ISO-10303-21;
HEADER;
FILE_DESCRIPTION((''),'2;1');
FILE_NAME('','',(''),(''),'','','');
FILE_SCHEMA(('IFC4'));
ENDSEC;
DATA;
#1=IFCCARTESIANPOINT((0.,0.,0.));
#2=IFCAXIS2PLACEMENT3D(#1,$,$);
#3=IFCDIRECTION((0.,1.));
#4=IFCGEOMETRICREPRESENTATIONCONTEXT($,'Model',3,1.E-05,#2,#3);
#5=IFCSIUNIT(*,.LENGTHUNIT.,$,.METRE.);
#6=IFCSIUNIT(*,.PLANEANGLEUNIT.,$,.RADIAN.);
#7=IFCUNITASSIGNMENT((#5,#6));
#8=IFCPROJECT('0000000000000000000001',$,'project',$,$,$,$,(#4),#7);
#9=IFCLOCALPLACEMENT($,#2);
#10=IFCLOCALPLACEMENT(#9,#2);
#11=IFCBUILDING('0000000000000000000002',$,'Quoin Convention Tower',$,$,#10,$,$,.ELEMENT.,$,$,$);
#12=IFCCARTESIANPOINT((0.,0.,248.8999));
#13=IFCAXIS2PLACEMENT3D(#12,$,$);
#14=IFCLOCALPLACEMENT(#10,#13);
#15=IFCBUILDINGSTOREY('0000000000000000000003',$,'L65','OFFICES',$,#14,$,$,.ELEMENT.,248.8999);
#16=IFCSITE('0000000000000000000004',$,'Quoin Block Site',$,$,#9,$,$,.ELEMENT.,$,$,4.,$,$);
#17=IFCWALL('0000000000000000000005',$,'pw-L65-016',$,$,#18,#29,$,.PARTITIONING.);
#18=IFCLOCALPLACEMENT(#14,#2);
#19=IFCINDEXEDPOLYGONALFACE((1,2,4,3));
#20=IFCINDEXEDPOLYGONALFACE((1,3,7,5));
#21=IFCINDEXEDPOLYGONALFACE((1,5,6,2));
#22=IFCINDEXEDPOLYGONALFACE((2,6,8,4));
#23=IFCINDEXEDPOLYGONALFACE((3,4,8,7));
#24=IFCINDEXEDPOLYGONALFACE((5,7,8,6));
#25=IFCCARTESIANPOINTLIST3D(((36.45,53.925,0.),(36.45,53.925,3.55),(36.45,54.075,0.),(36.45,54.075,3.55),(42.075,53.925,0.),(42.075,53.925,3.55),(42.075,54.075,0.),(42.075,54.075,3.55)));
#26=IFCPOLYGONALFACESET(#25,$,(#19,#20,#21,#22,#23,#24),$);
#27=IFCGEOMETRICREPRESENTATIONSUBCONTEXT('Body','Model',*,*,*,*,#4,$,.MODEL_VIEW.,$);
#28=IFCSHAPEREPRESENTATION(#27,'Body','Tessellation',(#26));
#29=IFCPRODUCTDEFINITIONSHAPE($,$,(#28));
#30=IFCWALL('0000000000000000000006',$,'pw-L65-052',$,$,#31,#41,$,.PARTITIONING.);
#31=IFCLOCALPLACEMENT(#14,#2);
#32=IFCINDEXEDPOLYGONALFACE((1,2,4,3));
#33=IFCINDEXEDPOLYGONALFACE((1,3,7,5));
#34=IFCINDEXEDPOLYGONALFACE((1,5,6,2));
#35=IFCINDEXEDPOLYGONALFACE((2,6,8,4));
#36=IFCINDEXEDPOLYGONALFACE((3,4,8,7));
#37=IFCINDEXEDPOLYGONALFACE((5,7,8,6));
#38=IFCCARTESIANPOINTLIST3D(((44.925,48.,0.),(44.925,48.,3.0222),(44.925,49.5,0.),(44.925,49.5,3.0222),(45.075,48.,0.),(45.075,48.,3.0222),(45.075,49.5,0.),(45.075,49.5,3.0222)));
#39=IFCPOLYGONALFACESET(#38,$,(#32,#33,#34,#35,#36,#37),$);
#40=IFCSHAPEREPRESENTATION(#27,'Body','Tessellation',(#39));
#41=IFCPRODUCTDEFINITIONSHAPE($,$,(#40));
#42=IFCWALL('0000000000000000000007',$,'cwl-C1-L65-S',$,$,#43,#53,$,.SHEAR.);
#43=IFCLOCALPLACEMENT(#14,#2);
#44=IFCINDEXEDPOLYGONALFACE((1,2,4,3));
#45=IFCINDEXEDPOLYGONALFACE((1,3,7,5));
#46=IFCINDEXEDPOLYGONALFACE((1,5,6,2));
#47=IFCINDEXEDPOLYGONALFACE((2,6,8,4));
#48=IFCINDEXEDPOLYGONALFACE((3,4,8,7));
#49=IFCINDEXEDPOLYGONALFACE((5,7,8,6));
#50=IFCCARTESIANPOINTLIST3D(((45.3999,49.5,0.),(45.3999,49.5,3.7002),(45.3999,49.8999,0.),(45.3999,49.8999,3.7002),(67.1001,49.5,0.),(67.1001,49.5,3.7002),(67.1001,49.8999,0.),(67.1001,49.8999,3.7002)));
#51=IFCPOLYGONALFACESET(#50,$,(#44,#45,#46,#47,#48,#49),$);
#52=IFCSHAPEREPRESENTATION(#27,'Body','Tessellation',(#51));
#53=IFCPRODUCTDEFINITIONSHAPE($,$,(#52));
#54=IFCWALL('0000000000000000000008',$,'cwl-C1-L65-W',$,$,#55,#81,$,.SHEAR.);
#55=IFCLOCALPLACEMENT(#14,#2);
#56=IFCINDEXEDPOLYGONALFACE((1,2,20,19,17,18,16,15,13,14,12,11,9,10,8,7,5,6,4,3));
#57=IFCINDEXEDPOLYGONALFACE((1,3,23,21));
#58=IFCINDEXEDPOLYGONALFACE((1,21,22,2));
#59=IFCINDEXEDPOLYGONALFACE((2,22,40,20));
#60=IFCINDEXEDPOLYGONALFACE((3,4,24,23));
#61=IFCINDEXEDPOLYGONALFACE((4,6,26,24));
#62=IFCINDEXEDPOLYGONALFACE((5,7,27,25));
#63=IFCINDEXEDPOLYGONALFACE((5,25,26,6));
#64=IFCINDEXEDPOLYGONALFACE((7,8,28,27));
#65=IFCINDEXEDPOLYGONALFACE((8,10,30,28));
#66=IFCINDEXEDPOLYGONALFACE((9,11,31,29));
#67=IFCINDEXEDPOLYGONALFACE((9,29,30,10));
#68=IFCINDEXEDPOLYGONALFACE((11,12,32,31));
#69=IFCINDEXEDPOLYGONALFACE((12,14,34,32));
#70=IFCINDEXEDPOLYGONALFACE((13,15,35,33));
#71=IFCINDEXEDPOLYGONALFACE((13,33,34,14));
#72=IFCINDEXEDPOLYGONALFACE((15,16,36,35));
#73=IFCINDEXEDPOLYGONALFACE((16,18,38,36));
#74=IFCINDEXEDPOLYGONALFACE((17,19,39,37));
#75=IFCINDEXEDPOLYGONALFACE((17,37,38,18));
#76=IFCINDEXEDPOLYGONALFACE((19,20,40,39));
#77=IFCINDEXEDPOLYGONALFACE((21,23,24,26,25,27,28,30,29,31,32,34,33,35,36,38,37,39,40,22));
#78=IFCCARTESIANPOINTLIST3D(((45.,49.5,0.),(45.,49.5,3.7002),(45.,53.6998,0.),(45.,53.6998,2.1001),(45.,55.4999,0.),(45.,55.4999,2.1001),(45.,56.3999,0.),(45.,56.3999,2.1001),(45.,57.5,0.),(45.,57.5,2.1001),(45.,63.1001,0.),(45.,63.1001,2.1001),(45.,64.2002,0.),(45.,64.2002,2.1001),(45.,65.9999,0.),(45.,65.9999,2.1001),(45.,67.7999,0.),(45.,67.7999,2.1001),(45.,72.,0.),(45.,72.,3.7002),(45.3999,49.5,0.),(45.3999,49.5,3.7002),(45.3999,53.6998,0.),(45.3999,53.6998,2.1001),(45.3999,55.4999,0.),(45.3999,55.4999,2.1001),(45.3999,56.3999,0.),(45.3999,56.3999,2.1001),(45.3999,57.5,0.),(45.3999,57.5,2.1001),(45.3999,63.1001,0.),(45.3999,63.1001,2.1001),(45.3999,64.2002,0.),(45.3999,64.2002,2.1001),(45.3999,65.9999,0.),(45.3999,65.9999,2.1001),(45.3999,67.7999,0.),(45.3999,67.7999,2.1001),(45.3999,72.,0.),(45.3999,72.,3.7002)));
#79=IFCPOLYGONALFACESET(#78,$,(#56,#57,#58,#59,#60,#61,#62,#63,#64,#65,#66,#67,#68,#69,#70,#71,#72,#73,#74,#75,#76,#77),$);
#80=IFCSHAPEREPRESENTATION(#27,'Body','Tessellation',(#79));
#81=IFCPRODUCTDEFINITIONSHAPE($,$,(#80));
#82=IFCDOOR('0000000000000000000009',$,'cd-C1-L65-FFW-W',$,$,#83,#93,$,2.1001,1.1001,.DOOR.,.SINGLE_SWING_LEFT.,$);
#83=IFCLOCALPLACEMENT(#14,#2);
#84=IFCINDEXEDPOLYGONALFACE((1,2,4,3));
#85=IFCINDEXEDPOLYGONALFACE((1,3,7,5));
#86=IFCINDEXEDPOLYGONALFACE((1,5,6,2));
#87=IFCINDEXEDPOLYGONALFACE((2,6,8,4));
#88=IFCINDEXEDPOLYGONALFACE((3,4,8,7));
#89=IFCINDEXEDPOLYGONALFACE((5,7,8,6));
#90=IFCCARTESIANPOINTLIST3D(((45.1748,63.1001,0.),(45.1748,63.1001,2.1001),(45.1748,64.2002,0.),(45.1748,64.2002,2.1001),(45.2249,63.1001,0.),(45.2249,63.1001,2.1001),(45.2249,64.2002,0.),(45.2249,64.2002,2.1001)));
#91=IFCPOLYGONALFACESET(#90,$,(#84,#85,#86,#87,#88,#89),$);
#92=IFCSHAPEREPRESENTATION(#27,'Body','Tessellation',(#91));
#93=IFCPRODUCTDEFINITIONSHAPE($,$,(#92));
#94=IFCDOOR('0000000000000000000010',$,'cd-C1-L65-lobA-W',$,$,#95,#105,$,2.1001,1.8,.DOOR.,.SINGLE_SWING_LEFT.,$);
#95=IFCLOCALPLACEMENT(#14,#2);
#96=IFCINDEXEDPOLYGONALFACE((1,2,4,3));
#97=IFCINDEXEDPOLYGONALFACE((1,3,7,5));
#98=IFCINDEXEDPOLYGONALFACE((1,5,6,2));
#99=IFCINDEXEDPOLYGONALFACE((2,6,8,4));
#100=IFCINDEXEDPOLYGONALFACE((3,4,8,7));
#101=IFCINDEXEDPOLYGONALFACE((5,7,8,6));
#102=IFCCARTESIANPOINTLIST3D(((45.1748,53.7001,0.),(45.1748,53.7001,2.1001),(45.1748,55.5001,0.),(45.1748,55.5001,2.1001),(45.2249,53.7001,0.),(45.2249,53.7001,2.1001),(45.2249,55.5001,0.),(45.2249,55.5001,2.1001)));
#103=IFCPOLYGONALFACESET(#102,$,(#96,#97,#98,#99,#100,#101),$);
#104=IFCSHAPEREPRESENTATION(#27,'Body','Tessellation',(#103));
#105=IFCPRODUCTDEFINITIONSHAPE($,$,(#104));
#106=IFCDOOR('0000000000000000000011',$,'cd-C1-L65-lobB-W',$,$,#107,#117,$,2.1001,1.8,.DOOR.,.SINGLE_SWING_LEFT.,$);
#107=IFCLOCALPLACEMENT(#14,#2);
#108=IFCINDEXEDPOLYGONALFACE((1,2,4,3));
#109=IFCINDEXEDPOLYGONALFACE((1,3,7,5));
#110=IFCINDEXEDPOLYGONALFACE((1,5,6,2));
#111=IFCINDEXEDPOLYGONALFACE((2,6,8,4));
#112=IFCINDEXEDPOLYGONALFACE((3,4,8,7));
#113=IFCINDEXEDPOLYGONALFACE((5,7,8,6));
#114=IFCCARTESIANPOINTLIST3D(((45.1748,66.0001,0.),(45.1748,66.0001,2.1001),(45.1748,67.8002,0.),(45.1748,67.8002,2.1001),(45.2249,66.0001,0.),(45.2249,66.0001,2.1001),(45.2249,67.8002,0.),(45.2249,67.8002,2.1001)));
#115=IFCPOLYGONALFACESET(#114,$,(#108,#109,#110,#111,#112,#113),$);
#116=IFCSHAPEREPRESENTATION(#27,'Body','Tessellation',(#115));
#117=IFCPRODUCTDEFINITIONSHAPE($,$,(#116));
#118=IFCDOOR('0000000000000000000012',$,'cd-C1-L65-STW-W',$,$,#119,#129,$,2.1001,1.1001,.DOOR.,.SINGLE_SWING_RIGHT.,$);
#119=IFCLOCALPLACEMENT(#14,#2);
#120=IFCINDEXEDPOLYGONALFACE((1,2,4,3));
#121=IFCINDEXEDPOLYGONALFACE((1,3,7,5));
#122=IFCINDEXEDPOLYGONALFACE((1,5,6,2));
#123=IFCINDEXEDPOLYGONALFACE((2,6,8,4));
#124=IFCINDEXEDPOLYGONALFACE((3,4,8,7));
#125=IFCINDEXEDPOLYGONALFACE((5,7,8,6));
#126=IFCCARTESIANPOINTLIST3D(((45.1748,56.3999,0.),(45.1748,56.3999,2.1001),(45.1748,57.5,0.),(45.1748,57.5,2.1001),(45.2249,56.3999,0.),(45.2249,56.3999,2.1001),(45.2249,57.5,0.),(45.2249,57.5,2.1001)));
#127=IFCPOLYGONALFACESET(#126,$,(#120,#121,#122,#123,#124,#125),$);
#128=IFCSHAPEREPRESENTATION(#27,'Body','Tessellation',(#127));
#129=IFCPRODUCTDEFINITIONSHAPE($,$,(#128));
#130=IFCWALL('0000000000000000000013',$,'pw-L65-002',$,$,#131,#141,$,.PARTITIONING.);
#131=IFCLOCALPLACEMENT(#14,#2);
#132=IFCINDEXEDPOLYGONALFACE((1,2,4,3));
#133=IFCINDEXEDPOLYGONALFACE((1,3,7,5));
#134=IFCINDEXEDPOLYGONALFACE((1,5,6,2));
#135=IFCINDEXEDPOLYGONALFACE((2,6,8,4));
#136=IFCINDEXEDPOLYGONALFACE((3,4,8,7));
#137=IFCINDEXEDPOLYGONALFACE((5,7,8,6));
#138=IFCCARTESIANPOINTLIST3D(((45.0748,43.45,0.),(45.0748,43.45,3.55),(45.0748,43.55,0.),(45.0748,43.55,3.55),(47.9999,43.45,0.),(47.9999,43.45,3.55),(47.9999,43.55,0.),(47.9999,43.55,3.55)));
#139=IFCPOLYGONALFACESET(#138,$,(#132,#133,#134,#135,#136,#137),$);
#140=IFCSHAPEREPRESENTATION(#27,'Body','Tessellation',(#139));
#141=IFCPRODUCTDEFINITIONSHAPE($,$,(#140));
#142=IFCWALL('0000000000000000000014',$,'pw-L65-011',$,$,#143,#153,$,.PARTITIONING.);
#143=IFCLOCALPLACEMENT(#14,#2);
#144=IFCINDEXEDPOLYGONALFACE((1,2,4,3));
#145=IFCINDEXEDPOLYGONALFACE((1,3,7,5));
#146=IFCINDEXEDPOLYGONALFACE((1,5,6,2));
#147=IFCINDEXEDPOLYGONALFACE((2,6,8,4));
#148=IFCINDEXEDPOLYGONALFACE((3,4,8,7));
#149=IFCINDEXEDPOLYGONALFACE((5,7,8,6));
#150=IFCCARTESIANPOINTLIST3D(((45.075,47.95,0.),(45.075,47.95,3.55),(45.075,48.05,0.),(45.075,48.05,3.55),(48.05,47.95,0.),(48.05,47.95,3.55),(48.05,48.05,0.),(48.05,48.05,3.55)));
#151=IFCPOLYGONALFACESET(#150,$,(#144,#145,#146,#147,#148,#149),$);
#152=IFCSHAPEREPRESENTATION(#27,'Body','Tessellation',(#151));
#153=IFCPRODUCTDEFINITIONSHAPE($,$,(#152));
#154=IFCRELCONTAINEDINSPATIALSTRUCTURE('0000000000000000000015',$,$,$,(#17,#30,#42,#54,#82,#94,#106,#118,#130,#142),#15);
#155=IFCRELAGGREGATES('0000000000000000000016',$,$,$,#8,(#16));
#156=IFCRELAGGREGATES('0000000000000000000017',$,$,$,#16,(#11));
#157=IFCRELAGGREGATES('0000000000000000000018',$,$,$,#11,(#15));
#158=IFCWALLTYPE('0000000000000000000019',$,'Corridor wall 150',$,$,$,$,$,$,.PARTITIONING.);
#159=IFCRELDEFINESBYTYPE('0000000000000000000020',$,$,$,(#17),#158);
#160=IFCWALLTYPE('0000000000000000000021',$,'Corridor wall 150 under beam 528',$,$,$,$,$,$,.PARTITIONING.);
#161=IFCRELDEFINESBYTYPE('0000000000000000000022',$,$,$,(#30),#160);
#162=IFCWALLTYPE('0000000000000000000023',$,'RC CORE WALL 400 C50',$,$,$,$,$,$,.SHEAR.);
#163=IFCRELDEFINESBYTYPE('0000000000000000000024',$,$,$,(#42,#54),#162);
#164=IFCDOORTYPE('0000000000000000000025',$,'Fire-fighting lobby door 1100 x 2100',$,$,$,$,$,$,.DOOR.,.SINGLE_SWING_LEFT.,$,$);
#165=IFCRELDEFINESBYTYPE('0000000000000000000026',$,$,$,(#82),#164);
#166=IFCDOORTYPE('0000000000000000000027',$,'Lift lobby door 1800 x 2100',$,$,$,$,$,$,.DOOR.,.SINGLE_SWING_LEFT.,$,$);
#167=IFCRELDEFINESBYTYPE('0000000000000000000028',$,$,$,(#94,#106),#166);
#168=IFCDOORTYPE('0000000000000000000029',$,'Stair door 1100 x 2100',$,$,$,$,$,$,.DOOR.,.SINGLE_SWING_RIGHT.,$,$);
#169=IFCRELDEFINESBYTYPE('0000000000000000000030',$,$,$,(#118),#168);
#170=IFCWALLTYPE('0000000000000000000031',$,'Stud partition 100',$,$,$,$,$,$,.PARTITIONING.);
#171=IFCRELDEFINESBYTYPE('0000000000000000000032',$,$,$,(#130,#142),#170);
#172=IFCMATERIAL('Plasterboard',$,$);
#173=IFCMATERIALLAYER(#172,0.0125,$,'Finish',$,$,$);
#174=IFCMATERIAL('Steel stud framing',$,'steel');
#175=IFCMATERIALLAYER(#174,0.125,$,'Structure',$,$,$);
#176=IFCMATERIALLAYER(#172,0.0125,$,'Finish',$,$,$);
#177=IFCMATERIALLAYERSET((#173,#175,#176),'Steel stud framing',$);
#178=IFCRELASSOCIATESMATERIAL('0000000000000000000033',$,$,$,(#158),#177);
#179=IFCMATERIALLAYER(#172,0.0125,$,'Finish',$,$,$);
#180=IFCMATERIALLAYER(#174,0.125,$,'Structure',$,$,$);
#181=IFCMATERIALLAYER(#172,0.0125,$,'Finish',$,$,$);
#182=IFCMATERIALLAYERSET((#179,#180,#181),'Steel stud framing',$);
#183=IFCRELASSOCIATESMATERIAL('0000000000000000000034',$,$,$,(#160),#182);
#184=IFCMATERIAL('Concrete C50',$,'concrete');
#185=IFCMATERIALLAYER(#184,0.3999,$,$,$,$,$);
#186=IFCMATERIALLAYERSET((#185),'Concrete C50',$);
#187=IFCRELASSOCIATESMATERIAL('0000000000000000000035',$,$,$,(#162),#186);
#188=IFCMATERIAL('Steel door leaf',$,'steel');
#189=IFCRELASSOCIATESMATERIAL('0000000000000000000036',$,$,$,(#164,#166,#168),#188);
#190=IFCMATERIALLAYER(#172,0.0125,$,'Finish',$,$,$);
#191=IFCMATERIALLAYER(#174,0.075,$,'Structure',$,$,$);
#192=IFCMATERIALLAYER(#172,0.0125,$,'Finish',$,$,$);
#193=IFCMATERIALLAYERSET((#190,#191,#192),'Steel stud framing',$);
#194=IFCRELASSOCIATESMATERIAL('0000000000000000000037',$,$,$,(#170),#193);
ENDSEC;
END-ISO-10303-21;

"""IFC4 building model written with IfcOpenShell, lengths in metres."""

from ifc_helpers import new_model, si_unit, direction, frame, frame_2d, origin, place, context, subcontext, project, spatial, rectangle, extrude, material, layer, layer_set, type_object, element, fill, save


model = new_model("IFC4")

# Units and contexts
model_context = context("Model", 3, precision=1e-05, world=origin(), true_north=direction((0.0, 1.0)))
body_context = subcontext(model_context, "Body", "Model", "MODEL_VIEW")
ifc_project = project(units=[si_unit("LENGTHUNIT", "METRE"), si_unit("PLANEANGLEUNIT", "RADIAN")], contexts=[model_context])

# Site, building, storey
site_placement = place(None, origin())
site = spatial("IfcSite", under=ifc_project, at=site_placement, Name="Quoin Block Site", CompositionType="ELEMENT", RefElevation=4.0)
building_placement = place(site_placement, origin())
building = spatial("IfcBuilding", under=site, at=building_placement, Name="Quoin Convention Tower", CompositionType="ELEMENT")
storey_placement = place(building_placement, frame((0.0, 0.0, 248.8999)))
storey = spatial("IfcBuildingStorey", under=building, at=storey_placement, Name="L65", Description="OFFICES", CompositionType="ELEMENT", Elevation=248.8999)

# Shared definitions
ifc_material_1 = material(Name="Plasterboard")
ifc_material_2 = material(Name="Steel stud framing", Category="steel")
ifc_material_3 = material(Name="Steel door leaf", Category="steel")

# Walls
ifc_material_4 = material(Name="Concrete C50", Category="concrete")
ifc_layer_1 = layer(ifc_material_1, 0.0125, Name="Finish")
ifc_layer_2 = layer(ifc_material_2, 0.125, Name="Structure")
ifc_layer_3 = layer(ifc_material_1, 0.0125, Name="Finish")
ifc_layer_set_1 = layer_set([ifc_layer_1, ifc_layer_2, ifc_layer_3], Name="Steel stud framing")
wall_type_1 = type_object("IfcWallType", Name="Corridor wall 150", PredefinedType="PARTITIONING", material=ifc_layer_set_1)
wall_1_placement = place(storey_placement, frame((36.45, 54.0, 0.0), z_axis=(0.0, 0.0, 1.0), x_axis=(1.0, 0.0, 0.0)))
element("IfcWall", 1, at=wall_1_placement, inside=storey, type_object=wall_type_1, Name="pw-L65-016", PredefinedType="PARTITIONING", context=body_context, shape_type="SweptSolid", body=[
    extrude(rectangle(XDim=5.625, YDim=0.1499, at=frame_2d((2.8125, 0.0))), origin(), (0.0, 0.0, 1.0), 3.55),
])
ifc_layer_4 = layer(ifc_material_1, 0.0125, Name="Finish")
ifc_layer_5 = layer(ifc_material_2, 0.125, Name="Structure")
ifc_layer_6 = layer(ifc_material_1, 0.0125, Name="Finish")
ifc_layer_set_2 = layer_set([ifc_layer_4, ifc_layer_5, ifc_layer_6], Name="Steel stud framing")
wall_type_2 = type_object("IfcWallType", Name="Corridor wall 150 under beam 528", PredefinedType="PARTITIONING", material=ifc_layer_set_2)
wall_2_placement = place(storey_placement, frame((45.0, 48.0, 0.0), z_axis=(0.0, 0.0, 1.0), x_axis=(0.0, 1.0, 0.0)))
element("IfcWall", 2, at=wall_2_placement, inside=storey, type_object=wall_type_2, Name="pw-L65-052", PredefinedType="PARTITIONING", context=body_context, shape_type="SweptSolid", body=[
    extrude(rectangle(XDim=1.5, YDim=0.1499, at=frame_2d((0.75, 0.0))), origin(), (0.0, 0.0, 1.0), 3.0222),
])
ifc_layer_7 = layer(ifc_material_4, 0.3999)
ifc_layer_set_3 = layer_set([ifc_layer_7], Name="Concrete C50")
wall_type_3 = type_object("IfcWallType", Name="RC CORE WALL 400 C50", PredefinedType="SHEAR", material=ifc_layer_set_3)
wall_3_placement = place(storey_placement, frame((45.3999, 49.7, 0.0), z_axis=(0.0, 0.0, 1.0), x_axis=(1.0, 0.0, 0.0)))
element("IfcWall", 3, at=wall_3_placement, inside=storey, type_object=wall_type_3, Name="cwl-C1-L65-S", PredefinedType="SHEAR", context=body_context, shape_type="SweptSolid", body=[
    extrude(rectangle(XDim=21.7002, YDim=0.3999, at=frame_2d((10.8501, 0.0))), origin(), (0.0, 0.0, 1.0), 3.7002),
])

# Wall, openings, doors
wall_4_placement = place(storey_placement, frame((45.2, 49.5, 0.0), z_axis=(0.0, 0.0, 1.0), x_axis=(0.0, 1.0, 0.0)))
wall_4 = element("IfcWall", 4, at=wall_4_placement, inside=storey, type_object=wall_type_3, Name="cwl-C1-L65-W", PredefinedType="SHEAR", context=body_context, shape_type="SweptSolid", body=[
    extrude(rectangle(XDim=22.5, YDim=0.3999, at=frame_2d((11.25, 0.0))), origin(), (0.0, 0.0, 1.0), 3.7002),
])
opening_1_placement = place(wall_4_placement, frame((4.2, 0.0, 0.0)))
opening_1 = element("IfcOpeningElement", 5, at=opening_1_placement, cuts=wall_4, PredefinedType="OPENING", context=body_context, shape_type="SweptSolid", body=[
    extrude(rectangle(XDim=1.8, YDim=2.1001, at=frame_2d((0.8999, 1.05))), frame((0.0, 0.21, 0.0), z_axis=(0.0, -1.0, 0.0), x_axis=(1.0, 0.0, 0.0)), (0.0, 0.0, 1.0), 0.4199),
])
opening_2_placement = place(wall_4_placement, frame((6.8999, 0.0, 0.0)))
opening_2 = element("IfcOpeningElement", 6, at=opening_2_placement, cuts=wall_4, PredefinedType="OPENING", context=body_context, shape_type="SweptSolid", body=[
    extrude(rectangle(XDim=1.1001, YDim=2.1001, at=frame_2d((0.55, 1.05))), frame((0.0, 0.21, 0.0), z_axis=(0.0, -1.0, 0.0), x_axis=(1.0, 0.0, 0.0)), (0.0, 0.0, 1.0), 0.4199),
])
opening_3_placement = place(wall_4_placement, frame((13.6001, 0.0, 0.0)))
opening_3 = element("IfcOpeningElement", 7, at=opening_3_placement, cuts=wall_4, PredefinedType="OPENING", context=body_context, shape_type="SweptSolid", body=[
    extrude(rectangle(XDim=1.1001, YDim=2.1001, at=frame_2d((0.55, 1.05))), frame((0.0, 0.21, 0.0), z_axis=(0.0, -1.0, 0.0), x_axis=(1.0, 0.0, 0.0)), (0.0, 0.0, 1.0), 0.4199),
])
opening_4_placement = place(wall_4_placement, frame((16.5, 0.0, 0.0)))
opening_4 = element("IfcOpeningElement", 8, at=opening_4_placement, cuts=wall_4, PredefinedType="OPENING", context=body_context, shape_type="SweptSolid", body=[
    extrude(rectangle(XDim=1.8, YDim=2.1001, at=frame_2d((0.8999, 1.05))), frame((0.0, 0.21, 0.0), z_axis=(0.0, -1.0, 0.0), x_axis=(1.0, 0.0, 0.0)), (0.0, 0.0, 1.0), 0.4199),
])
door_type_1 = type_object("IfcDoorType", Name="Fire-fighting lobby door 1100 x 2100", OperationType="SINGLE_SWING_LEFT", PredefinedType="DOOR", material=ifc_material_3)
door_1_placement = place(opening_3_placement, frame((1.1001, 0.0, 0.0), z_axis=(0.0, 0.0, 1.0), x_axis=(-1.0, 0.0, 0.0)))
door_1 = element("IfcDoor", 9, at=door_1_placement, inside=storey, type_object=door_type_1, Name="cd-C1-L65-FFW-W", OperationType="SINGLE_SWING_LEFT", OverallHeight=2.1001, OverallWidth=1.1001, PredefinedType="DOOR", context=body_context, shape_type="SweptSolid", body=[
    extrude(rectangle(XDim=1.1001, YDim=2.1001, at=frame_2d((0.55, 1.05))), frame((0.0, 0.0249, 0.0), z_axis=(0.0, -1.0, 0.0), x_axis=(1.0, 0.0, 0.0)), (0.0, 0.0, 1.0), 0.05),
])
fill(opening_3, door_1)
door_type_2 = type_object("IfcDoorType", Name="Lift lobby door 1800 x 2100", OperationType="SINGLE_SWING_LEFT", PredefinedType="DOOR", material=ifc_material_3)
door_2_placement = place(opening_1_placement, frame((1.8, 0.0, 0.0), z_axis=(0.0, 0.0, 1.0), x_axis=(-1.0, 0.0, 0.0)))
door_2 = element("IfcDoor", 10, at=door_2_placement, inside=storey, type_object=door_type_2, Name="cd-C1-L65-lobA-W", OperationType="SINGLE_SWING_LEFT", OverallHeight=2.1001, OverallWidth=1.8, PredefinedType="DOOR", context=body_context, shape_type="SweptSolid", body=[
    extrude(rectangle(XDim=1.8, YDim=2.1001, at=frame_2d((0.8999, 1.05))), frame((0.0, 0.0249, 0.0), z_axis=(0.0, -1.0, 0.0), x_axis=(1.0, 0.0, 0.0)), (0.0, 0.0, 1.0), 0.05),
])
fill(opening_1, door_2)
door_3_placement = place(opening_4_placement, frame((1.8, 0.0, 0.0), z_axis=(0.0, 0.0, 1.0), x_axis=(-1.0, 0.0, 0.0)))
door_3 = element("IfcDoor", 11, at=door_3_placement, inside=storey, type_object=door_type_2, Name="cd-C1-L65-lobB-W", OperationType="SINGLE_SWING_LEFT", OverallHeight=2.1001, OverallWidth=1.8, PredefinedType="DOOR", context=body_context, shape_type="SweptSolid", body=[
    extrude(rectangle(XDim=1.8, YDim=2.1001, at=frame_2d((0.8999, 1.05))), frame((0.0, 0.0249, 0.0), z_axis=(0.0, -1.0, 0.0), x_axis=(1.0, 0.0, 0.0)), (0.0, 0.0, 1.0), 0.05),
])
fill(opening_4, door_3)
door_type_3 = type_object("IfcDoorType", Name="Stair door 1100 x 2100", OperationType="SINGLE_SWING_RIGHT", PredefinedType="DOOR", material=ifc_material_3)
door_4_placement = place(opening_2_placement, frame((1.1001, 0.0, 0.0), z_axis=(0.0, 0.0, 1.0), x_axis=(-1.0, 0.0, 0.0)))
door_4 = element("IfcDoor", 12, at=door_4_placement, inside=storey, type_object=door_type_3, Name="cd-C1-L65-STW-W", OperationType="SINGLE_SWING_RIGHT", OverallHeight=2.1001, OverallWidth=1.1001, PredefinedType="DOOR", context=body_context, shape_type="SweptSolid", body=[
    extrude(rectangle(XDim=1.1001, YDim=2.1001, at=frame_2d((0.55, 1.05))), frame((0.0, 0.0249, 0.0), z_axis=(0.0, -1.0, 0.0), x_axis=(1.0, 0.0, 0.0)), (0.0, 0.0, 1.0), 0.05),
])
fill(opening_2, door_4)

# Walls
ifc_layer_8 = layer(ifc_material_1, 0.0125, Name="Finish")
ifc_layer_9 = layer(ifc_material_2, 0.075, Name="Structure")
ifc_layer_10 = layer(ifc_material_1, 0.0125, Name="Finish")
ifc_layer_set_4 = layer_set([ifc_layer_8, ifc_layer_9, ifc_layer_10], Name="Steel stud framing")
wall_type_4 = type_object("IfcWallType", Name="Stud partition 100", PredefinedType="PARTITIONING", material=ifc_layer_set_4)
wall_5_placement = place(storey_placement, frame((45.075, 43.5, 0.0), z_axis=(0.0, 0.0, 1.0), x_axis=(1.0, 0.0, 0.0)))
element("IfcWall", 13, at=wall_5_placement, inside=storey, type_object=wall_type_4, Name="pw-L65-002", PredefinedType="PARTITIONING", context=body_context, shape_type="SweptSolid", body=[
    extrude(rectangle(XDim=2.925, YDim=0.1001, at=frame_2d((1.4624, 0.0))), origin(), (0.0, 0.0, 1.0), 3.55),
])
wall_6_placement = place(storey_placement, frame((45.075, 48.0, 0.0), z_axis=(0.0, 0.0, 1.0), x_axis=(1.0, 0.0, 0.0)))
element("IfcWall", 14, at=wall_6_placement, inside=storey, type_object=wall_type_4, Name="pw-L65-011", PredefinedType="PARTITIONING", context=body_context, shape_type="SweptSolid", body=[
    extrude(rectangle(XDim=2.9751, YDim=0.1001, at=frame_2d((1.4875, 0.0))), origin(), (0.0, 0.0, 1.0), 3.55),
])

save(model, "model.ifc")
